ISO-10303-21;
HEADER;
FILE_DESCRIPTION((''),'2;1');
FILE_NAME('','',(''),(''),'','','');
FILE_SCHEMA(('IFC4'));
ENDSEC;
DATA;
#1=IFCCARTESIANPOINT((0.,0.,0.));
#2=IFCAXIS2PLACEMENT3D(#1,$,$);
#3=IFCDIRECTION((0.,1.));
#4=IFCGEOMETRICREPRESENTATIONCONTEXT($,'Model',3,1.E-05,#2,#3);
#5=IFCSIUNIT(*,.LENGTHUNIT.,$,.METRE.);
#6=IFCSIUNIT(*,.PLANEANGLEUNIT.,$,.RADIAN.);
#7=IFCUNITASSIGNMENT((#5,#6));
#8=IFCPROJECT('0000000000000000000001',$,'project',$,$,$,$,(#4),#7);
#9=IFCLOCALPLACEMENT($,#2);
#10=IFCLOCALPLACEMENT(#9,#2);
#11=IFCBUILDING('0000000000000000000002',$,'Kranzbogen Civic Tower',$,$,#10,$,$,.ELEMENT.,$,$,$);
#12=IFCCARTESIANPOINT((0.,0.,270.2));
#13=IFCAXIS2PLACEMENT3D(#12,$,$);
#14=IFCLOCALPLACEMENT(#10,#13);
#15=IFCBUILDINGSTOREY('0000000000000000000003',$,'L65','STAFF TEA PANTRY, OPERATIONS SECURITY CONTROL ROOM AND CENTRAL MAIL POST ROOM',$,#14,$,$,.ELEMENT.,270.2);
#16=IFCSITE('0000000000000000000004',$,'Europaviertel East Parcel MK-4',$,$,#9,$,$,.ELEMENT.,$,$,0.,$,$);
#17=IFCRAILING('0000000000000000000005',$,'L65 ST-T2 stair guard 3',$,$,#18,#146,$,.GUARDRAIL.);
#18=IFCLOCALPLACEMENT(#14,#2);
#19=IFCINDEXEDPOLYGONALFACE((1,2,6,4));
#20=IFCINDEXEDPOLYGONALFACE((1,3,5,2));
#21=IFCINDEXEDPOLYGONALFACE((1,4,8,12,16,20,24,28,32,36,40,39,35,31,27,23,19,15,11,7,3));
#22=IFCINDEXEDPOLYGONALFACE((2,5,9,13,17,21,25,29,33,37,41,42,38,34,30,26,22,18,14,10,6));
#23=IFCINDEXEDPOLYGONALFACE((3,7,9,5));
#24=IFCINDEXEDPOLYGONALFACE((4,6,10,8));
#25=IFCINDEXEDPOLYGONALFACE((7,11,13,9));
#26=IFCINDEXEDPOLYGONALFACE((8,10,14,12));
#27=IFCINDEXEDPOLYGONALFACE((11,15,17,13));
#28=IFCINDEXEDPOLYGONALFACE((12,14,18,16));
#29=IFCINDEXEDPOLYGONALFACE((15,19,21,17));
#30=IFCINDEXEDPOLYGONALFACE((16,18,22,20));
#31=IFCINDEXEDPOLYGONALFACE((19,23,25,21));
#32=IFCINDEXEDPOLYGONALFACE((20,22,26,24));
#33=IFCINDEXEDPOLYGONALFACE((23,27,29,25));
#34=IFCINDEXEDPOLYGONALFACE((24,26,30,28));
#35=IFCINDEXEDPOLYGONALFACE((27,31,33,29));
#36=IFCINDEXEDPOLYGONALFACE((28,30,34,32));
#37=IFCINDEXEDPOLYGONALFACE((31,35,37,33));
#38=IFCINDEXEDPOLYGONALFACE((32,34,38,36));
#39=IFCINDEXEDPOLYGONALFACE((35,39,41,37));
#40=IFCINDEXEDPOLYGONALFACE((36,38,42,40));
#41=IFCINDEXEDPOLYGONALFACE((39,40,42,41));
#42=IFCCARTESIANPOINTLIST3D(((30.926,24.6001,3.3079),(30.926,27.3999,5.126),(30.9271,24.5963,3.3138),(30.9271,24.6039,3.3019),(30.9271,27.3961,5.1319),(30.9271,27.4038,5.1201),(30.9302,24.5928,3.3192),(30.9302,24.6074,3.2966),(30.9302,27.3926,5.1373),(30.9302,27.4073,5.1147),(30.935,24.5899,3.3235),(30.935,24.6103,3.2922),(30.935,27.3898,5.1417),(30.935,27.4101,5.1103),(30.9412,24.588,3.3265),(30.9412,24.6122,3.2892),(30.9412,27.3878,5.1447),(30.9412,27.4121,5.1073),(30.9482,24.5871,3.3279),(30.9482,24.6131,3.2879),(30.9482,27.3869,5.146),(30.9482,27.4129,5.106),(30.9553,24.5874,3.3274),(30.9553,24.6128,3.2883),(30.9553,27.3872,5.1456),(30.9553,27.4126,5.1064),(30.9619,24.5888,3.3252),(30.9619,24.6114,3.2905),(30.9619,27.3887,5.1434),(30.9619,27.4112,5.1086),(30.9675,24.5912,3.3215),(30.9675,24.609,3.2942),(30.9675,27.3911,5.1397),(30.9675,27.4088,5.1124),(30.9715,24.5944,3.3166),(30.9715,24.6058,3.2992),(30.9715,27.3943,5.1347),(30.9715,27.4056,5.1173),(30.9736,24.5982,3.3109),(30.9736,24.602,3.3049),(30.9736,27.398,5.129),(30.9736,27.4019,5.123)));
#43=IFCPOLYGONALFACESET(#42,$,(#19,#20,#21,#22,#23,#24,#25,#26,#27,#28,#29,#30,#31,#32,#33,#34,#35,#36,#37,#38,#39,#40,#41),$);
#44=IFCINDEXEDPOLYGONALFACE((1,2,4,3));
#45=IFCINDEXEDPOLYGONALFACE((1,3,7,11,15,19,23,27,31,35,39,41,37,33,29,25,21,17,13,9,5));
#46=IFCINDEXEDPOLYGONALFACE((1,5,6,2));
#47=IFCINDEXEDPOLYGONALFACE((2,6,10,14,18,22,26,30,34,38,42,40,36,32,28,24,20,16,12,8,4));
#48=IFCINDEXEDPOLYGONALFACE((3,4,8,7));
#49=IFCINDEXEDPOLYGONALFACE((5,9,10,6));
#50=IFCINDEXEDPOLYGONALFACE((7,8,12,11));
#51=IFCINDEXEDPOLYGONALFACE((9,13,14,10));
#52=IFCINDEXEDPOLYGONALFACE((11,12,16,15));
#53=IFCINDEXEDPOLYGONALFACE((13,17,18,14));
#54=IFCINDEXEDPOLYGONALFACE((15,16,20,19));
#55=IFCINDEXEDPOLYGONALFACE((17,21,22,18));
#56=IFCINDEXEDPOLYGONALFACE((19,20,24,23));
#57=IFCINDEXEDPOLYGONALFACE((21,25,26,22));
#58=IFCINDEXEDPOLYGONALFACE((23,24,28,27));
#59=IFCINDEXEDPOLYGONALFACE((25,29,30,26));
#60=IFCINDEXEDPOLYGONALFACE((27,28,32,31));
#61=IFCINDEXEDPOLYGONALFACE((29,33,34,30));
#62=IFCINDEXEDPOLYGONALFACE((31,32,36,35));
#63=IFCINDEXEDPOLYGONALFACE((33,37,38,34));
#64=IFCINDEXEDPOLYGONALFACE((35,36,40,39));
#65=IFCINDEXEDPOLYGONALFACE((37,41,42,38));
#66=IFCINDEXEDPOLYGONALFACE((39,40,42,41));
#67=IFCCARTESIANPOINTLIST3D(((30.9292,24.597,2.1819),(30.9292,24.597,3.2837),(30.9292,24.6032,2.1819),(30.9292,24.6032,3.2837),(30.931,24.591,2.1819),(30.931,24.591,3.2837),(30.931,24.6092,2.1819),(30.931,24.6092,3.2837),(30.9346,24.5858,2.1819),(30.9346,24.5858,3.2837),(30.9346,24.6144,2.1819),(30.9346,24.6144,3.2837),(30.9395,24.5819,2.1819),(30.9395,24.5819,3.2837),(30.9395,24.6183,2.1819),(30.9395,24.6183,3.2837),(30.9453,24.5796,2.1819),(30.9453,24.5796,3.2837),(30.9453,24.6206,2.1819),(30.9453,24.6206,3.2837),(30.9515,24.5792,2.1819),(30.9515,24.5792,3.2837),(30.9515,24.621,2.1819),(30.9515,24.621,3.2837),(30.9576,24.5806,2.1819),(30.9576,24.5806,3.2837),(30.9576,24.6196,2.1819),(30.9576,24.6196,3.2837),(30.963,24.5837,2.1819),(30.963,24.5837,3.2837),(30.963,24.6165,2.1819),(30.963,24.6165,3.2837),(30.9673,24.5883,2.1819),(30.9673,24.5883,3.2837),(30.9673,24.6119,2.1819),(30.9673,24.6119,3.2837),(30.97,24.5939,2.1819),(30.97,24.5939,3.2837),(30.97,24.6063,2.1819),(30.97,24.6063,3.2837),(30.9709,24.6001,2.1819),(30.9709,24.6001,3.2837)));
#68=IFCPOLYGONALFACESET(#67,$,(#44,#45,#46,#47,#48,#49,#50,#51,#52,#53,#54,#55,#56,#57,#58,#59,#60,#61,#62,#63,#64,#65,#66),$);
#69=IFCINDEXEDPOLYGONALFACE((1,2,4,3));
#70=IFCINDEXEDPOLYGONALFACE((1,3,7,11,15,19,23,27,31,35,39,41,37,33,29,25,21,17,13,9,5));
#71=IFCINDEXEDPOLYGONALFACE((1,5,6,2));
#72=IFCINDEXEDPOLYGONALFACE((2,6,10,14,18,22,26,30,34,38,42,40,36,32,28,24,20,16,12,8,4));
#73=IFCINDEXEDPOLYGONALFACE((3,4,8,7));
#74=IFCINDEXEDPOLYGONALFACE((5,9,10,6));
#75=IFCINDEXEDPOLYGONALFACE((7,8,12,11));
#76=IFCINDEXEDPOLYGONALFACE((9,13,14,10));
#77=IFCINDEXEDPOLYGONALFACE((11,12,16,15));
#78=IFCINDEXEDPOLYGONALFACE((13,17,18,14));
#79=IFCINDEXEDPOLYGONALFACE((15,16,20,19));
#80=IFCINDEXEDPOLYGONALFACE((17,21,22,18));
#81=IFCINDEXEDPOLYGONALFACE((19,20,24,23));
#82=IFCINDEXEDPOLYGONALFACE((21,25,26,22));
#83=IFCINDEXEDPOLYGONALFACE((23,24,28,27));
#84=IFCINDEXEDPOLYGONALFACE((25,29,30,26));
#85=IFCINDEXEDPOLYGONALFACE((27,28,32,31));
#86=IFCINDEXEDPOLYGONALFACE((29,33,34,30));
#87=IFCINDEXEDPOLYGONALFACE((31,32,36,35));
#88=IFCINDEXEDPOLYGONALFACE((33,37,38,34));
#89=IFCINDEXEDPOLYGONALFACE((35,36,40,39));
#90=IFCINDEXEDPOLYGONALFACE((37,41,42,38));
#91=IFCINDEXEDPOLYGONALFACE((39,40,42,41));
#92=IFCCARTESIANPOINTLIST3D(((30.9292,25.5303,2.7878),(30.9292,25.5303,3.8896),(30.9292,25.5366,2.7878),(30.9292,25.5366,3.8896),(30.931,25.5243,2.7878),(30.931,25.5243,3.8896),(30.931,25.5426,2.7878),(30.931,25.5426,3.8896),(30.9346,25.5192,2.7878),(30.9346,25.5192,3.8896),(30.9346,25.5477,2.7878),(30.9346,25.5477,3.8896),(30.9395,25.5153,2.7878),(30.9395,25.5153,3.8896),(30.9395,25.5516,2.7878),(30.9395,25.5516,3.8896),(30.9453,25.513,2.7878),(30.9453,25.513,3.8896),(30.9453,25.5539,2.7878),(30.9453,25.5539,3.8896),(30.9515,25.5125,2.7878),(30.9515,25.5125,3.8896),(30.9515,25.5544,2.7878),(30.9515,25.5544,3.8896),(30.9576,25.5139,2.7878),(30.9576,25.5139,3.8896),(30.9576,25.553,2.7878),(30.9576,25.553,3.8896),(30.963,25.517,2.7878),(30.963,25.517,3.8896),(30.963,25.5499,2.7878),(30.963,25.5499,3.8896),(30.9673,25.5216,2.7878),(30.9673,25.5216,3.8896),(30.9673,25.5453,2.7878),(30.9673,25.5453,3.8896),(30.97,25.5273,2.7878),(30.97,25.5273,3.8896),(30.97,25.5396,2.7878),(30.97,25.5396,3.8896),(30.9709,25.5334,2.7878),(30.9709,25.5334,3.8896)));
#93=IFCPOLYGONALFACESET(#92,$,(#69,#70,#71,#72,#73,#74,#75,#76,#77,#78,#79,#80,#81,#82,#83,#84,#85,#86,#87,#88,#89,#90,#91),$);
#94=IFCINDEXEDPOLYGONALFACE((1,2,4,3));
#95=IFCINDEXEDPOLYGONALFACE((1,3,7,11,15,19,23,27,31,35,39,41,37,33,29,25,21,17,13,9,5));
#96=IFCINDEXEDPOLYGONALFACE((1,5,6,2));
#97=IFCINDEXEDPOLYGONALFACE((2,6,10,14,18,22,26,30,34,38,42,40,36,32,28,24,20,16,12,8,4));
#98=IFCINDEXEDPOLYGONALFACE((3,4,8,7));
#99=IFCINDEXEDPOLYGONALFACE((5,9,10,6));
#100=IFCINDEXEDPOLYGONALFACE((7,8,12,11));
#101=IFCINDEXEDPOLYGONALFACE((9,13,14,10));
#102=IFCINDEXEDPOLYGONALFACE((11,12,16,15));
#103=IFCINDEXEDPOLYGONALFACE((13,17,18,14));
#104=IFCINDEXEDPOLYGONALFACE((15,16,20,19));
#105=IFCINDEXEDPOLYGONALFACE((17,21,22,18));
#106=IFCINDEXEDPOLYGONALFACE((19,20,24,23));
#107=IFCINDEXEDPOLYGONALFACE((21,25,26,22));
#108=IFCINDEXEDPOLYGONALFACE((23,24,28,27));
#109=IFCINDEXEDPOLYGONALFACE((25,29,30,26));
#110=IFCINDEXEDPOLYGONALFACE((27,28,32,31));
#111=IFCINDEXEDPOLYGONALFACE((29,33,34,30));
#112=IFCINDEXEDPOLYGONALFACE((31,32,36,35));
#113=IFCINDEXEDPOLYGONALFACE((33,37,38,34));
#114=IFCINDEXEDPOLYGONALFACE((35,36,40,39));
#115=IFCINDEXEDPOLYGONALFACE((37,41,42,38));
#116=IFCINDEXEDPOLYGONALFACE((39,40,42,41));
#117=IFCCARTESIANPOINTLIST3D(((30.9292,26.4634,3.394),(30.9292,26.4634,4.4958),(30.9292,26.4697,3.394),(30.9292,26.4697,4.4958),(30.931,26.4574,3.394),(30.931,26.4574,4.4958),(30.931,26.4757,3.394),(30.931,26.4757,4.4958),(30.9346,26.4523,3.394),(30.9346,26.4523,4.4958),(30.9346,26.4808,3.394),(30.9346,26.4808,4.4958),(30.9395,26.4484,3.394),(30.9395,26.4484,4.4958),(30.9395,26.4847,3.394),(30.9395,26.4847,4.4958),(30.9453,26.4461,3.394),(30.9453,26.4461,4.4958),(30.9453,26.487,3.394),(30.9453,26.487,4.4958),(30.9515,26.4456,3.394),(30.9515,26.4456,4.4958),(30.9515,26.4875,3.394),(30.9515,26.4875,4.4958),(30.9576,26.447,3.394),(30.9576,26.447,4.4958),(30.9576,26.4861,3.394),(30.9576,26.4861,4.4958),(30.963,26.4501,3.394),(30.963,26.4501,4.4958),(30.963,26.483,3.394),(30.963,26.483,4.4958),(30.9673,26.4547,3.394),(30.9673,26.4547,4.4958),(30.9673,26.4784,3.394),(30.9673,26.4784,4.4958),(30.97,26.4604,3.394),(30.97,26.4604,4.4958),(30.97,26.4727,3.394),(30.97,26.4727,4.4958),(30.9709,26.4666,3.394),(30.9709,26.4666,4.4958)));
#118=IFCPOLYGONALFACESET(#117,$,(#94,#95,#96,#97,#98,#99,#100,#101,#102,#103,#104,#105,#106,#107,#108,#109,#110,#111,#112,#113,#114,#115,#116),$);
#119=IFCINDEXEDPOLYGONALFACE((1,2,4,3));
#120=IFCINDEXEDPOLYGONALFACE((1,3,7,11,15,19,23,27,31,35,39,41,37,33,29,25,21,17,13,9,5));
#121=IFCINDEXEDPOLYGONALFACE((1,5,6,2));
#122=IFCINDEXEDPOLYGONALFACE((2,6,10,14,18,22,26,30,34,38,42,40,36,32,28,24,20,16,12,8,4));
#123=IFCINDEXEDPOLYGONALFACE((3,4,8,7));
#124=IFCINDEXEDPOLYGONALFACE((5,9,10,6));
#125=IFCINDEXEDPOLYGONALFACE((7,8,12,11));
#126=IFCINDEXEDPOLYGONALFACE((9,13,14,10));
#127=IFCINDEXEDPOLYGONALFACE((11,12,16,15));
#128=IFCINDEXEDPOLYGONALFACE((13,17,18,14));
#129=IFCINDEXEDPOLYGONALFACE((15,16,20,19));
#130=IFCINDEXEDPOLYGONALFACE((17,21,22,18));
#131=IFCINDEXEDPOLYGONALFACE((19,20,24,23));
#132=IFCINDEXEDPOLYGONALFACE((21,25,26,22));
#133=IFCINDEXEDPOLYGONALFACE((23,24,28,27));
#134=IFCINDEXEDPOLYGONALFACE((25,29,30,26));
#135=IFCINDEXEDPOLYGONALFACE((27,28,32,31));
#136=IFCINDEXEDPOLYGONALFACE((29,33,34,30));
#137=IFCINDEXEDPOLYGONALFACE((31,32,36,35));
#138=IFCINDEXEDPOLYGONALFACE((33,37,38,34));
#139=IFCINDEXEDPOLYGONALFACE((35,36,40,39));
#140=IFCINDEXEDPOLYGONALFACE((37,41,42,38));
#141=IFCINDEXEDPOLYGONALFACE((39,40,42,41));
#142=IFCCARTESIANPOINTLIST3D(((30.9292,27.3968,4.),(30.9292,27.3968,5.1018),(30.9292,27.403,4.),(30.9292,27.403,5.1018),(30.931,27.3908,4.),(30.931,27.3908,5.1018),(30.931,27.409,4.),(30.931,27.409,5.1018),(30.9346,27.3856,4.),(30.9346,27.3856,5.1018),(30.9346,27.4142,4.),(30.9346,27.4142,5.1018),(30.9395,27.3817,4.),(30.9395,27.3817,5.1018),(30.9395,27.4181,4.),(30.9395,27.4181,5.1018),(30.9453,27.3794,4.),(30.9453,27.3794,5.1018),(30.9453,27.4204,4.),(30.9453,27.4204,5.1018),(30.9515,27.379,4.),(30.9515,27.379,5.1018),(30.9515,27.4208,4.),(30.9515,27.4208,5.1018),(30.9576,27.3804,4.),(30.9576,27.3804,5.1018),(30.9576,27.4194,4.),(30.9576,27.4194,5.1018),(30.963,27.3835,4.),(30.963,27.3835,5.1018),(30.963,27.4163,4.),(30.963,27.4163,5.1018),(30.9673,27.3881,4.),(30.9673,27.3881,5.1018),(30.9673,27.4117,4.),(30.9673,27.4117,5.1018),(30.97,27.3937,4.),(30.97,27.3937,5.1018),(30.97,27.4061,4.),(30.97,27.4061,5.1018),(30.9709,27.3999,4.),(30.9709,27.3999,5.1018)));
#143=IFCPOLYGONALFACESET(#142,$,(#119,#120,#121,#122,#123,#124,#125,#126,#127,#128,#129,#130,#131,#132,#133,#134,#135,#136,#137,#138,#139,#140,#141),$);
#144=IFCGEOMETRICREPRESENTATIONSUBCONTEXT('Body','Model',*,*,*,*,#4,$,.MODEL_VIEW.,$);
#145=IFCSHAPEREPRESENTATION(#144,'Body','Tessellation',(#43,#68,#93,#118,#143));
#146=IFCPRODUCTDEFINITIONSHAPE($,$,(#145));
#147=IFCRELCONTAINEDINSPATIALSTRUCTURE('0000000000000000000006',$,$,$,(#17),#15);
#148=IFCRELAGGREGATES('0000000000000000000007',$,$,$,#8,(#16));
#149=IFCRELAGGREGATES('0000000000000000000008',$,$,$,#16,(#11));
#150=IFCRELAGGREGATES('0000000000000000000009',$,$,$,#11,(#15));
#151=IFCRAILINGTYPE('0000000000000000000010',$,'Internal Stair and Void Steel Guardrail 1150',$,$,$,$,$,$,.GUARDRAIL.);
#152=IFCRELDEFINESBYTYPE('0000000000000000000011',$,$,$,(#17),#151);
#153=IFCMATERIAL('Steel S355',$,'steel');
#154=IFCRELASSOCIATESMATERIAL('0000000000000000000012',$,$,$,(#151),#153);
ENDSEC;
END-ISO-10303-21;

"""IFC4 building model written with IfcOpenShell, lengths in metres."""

from ifc_helpers import new_model, si_unit, direction, frame, origin, origin_2d, place, context, subcontext, project, spatial, circle, extrude, material, type_object, element, save


model = new_model("IFC4")

# Units and contexts
model_context = context("Model", 3, precision=1e-05, world=origin(), true_north=direction((0.0, 1.0)))
body_context = subcontext(model_context, "Body", "Model", "MODEL_VIEW")
ifc_project = project(units=[si_unit("LENGTHUNIT", "METRE"), si_unit("PLANEANGLEUNIT", "RADIAN")], contexts=[model_context])

# Site, building, storey
site_placement = place(None, origin())
site = spatial("IfcSite", under=ifc_project, at=site_placement, Name="Europaviertel East Parcel MK-4", CompositionType="ELEMENT", RefElevation=0.0)
building_placement = place(site_placement, origin())
building = spatial("IfcBuilding", under=site, at=building_placement, Name="Kranzbogen Civic Tower", CompositionType="ELEMENT")
storey_placement = place(building_placement, frame((0.0, 0.0, 270.2)))
storey = spatial("IfcBuildingStorey", under=building, at=storey_placement, Name="L65", Description="STAFF TEA PANTRY, OPERATIONS SECURITY CONTROL ROOM AND CENTRAL MAIL POST ROOM", CompositionType="ELEMENT", Elevation=270.2)

# Shared definitions
ifc_material_1 = material(Name="Steel S355", Category="steel")

# Railing
railing_type_1 = type_object("IfcRailingType", Name="Internal Stair and Void Steel Guardrail 1150", PredefinedType="GUARDRAIL", material=ifc_material_1)
railing_1_placement = place(storey_placement, frame((30.95, 24.6001, 2.1819)))
element("IfcRailing", 1, at=railing_1_placement, inside=storey, type_object=railing_type_1, Name="L65 ST-T2 stair guard 3", PredefinedType="GUARDRAIL", context=body_context, shape_type="SweptSolid", body=[
    extrude(circle(Radius=0.0239, at=origin_2d()), frame((0.0, 0.0, 1.126), z_axis=(0.0, 0.838684, 0.544618), x_axis=(-1.0, 0.0, 0.0)), (0.0, 0.0, 1.0), 3.3384),
    extrude(circle(Radius=0.021, at=origin_2d()), origin(), (0.0, 0.0, 1.0), 1.1018),
    extrude(circle(Radius=0.021, at=origin_2d()), frame((0.0, 0.9333, 0.606)), (0.0, 0.0, 1.0), 1.1018),
    extrude(circle(Radius=0.021, at=origin_2d()), frame((0.0, 1.8665, 1.2122)), (0.0, 0.0, 1.0), 1.1018),
    extrude(circle(Radius=0.021, at=origin_2d()), frame((0.0, 2.7998, 1.8181)), (0.0, 0.0, 1.0), 1.1018),
])

save(model, "model.ifc")
